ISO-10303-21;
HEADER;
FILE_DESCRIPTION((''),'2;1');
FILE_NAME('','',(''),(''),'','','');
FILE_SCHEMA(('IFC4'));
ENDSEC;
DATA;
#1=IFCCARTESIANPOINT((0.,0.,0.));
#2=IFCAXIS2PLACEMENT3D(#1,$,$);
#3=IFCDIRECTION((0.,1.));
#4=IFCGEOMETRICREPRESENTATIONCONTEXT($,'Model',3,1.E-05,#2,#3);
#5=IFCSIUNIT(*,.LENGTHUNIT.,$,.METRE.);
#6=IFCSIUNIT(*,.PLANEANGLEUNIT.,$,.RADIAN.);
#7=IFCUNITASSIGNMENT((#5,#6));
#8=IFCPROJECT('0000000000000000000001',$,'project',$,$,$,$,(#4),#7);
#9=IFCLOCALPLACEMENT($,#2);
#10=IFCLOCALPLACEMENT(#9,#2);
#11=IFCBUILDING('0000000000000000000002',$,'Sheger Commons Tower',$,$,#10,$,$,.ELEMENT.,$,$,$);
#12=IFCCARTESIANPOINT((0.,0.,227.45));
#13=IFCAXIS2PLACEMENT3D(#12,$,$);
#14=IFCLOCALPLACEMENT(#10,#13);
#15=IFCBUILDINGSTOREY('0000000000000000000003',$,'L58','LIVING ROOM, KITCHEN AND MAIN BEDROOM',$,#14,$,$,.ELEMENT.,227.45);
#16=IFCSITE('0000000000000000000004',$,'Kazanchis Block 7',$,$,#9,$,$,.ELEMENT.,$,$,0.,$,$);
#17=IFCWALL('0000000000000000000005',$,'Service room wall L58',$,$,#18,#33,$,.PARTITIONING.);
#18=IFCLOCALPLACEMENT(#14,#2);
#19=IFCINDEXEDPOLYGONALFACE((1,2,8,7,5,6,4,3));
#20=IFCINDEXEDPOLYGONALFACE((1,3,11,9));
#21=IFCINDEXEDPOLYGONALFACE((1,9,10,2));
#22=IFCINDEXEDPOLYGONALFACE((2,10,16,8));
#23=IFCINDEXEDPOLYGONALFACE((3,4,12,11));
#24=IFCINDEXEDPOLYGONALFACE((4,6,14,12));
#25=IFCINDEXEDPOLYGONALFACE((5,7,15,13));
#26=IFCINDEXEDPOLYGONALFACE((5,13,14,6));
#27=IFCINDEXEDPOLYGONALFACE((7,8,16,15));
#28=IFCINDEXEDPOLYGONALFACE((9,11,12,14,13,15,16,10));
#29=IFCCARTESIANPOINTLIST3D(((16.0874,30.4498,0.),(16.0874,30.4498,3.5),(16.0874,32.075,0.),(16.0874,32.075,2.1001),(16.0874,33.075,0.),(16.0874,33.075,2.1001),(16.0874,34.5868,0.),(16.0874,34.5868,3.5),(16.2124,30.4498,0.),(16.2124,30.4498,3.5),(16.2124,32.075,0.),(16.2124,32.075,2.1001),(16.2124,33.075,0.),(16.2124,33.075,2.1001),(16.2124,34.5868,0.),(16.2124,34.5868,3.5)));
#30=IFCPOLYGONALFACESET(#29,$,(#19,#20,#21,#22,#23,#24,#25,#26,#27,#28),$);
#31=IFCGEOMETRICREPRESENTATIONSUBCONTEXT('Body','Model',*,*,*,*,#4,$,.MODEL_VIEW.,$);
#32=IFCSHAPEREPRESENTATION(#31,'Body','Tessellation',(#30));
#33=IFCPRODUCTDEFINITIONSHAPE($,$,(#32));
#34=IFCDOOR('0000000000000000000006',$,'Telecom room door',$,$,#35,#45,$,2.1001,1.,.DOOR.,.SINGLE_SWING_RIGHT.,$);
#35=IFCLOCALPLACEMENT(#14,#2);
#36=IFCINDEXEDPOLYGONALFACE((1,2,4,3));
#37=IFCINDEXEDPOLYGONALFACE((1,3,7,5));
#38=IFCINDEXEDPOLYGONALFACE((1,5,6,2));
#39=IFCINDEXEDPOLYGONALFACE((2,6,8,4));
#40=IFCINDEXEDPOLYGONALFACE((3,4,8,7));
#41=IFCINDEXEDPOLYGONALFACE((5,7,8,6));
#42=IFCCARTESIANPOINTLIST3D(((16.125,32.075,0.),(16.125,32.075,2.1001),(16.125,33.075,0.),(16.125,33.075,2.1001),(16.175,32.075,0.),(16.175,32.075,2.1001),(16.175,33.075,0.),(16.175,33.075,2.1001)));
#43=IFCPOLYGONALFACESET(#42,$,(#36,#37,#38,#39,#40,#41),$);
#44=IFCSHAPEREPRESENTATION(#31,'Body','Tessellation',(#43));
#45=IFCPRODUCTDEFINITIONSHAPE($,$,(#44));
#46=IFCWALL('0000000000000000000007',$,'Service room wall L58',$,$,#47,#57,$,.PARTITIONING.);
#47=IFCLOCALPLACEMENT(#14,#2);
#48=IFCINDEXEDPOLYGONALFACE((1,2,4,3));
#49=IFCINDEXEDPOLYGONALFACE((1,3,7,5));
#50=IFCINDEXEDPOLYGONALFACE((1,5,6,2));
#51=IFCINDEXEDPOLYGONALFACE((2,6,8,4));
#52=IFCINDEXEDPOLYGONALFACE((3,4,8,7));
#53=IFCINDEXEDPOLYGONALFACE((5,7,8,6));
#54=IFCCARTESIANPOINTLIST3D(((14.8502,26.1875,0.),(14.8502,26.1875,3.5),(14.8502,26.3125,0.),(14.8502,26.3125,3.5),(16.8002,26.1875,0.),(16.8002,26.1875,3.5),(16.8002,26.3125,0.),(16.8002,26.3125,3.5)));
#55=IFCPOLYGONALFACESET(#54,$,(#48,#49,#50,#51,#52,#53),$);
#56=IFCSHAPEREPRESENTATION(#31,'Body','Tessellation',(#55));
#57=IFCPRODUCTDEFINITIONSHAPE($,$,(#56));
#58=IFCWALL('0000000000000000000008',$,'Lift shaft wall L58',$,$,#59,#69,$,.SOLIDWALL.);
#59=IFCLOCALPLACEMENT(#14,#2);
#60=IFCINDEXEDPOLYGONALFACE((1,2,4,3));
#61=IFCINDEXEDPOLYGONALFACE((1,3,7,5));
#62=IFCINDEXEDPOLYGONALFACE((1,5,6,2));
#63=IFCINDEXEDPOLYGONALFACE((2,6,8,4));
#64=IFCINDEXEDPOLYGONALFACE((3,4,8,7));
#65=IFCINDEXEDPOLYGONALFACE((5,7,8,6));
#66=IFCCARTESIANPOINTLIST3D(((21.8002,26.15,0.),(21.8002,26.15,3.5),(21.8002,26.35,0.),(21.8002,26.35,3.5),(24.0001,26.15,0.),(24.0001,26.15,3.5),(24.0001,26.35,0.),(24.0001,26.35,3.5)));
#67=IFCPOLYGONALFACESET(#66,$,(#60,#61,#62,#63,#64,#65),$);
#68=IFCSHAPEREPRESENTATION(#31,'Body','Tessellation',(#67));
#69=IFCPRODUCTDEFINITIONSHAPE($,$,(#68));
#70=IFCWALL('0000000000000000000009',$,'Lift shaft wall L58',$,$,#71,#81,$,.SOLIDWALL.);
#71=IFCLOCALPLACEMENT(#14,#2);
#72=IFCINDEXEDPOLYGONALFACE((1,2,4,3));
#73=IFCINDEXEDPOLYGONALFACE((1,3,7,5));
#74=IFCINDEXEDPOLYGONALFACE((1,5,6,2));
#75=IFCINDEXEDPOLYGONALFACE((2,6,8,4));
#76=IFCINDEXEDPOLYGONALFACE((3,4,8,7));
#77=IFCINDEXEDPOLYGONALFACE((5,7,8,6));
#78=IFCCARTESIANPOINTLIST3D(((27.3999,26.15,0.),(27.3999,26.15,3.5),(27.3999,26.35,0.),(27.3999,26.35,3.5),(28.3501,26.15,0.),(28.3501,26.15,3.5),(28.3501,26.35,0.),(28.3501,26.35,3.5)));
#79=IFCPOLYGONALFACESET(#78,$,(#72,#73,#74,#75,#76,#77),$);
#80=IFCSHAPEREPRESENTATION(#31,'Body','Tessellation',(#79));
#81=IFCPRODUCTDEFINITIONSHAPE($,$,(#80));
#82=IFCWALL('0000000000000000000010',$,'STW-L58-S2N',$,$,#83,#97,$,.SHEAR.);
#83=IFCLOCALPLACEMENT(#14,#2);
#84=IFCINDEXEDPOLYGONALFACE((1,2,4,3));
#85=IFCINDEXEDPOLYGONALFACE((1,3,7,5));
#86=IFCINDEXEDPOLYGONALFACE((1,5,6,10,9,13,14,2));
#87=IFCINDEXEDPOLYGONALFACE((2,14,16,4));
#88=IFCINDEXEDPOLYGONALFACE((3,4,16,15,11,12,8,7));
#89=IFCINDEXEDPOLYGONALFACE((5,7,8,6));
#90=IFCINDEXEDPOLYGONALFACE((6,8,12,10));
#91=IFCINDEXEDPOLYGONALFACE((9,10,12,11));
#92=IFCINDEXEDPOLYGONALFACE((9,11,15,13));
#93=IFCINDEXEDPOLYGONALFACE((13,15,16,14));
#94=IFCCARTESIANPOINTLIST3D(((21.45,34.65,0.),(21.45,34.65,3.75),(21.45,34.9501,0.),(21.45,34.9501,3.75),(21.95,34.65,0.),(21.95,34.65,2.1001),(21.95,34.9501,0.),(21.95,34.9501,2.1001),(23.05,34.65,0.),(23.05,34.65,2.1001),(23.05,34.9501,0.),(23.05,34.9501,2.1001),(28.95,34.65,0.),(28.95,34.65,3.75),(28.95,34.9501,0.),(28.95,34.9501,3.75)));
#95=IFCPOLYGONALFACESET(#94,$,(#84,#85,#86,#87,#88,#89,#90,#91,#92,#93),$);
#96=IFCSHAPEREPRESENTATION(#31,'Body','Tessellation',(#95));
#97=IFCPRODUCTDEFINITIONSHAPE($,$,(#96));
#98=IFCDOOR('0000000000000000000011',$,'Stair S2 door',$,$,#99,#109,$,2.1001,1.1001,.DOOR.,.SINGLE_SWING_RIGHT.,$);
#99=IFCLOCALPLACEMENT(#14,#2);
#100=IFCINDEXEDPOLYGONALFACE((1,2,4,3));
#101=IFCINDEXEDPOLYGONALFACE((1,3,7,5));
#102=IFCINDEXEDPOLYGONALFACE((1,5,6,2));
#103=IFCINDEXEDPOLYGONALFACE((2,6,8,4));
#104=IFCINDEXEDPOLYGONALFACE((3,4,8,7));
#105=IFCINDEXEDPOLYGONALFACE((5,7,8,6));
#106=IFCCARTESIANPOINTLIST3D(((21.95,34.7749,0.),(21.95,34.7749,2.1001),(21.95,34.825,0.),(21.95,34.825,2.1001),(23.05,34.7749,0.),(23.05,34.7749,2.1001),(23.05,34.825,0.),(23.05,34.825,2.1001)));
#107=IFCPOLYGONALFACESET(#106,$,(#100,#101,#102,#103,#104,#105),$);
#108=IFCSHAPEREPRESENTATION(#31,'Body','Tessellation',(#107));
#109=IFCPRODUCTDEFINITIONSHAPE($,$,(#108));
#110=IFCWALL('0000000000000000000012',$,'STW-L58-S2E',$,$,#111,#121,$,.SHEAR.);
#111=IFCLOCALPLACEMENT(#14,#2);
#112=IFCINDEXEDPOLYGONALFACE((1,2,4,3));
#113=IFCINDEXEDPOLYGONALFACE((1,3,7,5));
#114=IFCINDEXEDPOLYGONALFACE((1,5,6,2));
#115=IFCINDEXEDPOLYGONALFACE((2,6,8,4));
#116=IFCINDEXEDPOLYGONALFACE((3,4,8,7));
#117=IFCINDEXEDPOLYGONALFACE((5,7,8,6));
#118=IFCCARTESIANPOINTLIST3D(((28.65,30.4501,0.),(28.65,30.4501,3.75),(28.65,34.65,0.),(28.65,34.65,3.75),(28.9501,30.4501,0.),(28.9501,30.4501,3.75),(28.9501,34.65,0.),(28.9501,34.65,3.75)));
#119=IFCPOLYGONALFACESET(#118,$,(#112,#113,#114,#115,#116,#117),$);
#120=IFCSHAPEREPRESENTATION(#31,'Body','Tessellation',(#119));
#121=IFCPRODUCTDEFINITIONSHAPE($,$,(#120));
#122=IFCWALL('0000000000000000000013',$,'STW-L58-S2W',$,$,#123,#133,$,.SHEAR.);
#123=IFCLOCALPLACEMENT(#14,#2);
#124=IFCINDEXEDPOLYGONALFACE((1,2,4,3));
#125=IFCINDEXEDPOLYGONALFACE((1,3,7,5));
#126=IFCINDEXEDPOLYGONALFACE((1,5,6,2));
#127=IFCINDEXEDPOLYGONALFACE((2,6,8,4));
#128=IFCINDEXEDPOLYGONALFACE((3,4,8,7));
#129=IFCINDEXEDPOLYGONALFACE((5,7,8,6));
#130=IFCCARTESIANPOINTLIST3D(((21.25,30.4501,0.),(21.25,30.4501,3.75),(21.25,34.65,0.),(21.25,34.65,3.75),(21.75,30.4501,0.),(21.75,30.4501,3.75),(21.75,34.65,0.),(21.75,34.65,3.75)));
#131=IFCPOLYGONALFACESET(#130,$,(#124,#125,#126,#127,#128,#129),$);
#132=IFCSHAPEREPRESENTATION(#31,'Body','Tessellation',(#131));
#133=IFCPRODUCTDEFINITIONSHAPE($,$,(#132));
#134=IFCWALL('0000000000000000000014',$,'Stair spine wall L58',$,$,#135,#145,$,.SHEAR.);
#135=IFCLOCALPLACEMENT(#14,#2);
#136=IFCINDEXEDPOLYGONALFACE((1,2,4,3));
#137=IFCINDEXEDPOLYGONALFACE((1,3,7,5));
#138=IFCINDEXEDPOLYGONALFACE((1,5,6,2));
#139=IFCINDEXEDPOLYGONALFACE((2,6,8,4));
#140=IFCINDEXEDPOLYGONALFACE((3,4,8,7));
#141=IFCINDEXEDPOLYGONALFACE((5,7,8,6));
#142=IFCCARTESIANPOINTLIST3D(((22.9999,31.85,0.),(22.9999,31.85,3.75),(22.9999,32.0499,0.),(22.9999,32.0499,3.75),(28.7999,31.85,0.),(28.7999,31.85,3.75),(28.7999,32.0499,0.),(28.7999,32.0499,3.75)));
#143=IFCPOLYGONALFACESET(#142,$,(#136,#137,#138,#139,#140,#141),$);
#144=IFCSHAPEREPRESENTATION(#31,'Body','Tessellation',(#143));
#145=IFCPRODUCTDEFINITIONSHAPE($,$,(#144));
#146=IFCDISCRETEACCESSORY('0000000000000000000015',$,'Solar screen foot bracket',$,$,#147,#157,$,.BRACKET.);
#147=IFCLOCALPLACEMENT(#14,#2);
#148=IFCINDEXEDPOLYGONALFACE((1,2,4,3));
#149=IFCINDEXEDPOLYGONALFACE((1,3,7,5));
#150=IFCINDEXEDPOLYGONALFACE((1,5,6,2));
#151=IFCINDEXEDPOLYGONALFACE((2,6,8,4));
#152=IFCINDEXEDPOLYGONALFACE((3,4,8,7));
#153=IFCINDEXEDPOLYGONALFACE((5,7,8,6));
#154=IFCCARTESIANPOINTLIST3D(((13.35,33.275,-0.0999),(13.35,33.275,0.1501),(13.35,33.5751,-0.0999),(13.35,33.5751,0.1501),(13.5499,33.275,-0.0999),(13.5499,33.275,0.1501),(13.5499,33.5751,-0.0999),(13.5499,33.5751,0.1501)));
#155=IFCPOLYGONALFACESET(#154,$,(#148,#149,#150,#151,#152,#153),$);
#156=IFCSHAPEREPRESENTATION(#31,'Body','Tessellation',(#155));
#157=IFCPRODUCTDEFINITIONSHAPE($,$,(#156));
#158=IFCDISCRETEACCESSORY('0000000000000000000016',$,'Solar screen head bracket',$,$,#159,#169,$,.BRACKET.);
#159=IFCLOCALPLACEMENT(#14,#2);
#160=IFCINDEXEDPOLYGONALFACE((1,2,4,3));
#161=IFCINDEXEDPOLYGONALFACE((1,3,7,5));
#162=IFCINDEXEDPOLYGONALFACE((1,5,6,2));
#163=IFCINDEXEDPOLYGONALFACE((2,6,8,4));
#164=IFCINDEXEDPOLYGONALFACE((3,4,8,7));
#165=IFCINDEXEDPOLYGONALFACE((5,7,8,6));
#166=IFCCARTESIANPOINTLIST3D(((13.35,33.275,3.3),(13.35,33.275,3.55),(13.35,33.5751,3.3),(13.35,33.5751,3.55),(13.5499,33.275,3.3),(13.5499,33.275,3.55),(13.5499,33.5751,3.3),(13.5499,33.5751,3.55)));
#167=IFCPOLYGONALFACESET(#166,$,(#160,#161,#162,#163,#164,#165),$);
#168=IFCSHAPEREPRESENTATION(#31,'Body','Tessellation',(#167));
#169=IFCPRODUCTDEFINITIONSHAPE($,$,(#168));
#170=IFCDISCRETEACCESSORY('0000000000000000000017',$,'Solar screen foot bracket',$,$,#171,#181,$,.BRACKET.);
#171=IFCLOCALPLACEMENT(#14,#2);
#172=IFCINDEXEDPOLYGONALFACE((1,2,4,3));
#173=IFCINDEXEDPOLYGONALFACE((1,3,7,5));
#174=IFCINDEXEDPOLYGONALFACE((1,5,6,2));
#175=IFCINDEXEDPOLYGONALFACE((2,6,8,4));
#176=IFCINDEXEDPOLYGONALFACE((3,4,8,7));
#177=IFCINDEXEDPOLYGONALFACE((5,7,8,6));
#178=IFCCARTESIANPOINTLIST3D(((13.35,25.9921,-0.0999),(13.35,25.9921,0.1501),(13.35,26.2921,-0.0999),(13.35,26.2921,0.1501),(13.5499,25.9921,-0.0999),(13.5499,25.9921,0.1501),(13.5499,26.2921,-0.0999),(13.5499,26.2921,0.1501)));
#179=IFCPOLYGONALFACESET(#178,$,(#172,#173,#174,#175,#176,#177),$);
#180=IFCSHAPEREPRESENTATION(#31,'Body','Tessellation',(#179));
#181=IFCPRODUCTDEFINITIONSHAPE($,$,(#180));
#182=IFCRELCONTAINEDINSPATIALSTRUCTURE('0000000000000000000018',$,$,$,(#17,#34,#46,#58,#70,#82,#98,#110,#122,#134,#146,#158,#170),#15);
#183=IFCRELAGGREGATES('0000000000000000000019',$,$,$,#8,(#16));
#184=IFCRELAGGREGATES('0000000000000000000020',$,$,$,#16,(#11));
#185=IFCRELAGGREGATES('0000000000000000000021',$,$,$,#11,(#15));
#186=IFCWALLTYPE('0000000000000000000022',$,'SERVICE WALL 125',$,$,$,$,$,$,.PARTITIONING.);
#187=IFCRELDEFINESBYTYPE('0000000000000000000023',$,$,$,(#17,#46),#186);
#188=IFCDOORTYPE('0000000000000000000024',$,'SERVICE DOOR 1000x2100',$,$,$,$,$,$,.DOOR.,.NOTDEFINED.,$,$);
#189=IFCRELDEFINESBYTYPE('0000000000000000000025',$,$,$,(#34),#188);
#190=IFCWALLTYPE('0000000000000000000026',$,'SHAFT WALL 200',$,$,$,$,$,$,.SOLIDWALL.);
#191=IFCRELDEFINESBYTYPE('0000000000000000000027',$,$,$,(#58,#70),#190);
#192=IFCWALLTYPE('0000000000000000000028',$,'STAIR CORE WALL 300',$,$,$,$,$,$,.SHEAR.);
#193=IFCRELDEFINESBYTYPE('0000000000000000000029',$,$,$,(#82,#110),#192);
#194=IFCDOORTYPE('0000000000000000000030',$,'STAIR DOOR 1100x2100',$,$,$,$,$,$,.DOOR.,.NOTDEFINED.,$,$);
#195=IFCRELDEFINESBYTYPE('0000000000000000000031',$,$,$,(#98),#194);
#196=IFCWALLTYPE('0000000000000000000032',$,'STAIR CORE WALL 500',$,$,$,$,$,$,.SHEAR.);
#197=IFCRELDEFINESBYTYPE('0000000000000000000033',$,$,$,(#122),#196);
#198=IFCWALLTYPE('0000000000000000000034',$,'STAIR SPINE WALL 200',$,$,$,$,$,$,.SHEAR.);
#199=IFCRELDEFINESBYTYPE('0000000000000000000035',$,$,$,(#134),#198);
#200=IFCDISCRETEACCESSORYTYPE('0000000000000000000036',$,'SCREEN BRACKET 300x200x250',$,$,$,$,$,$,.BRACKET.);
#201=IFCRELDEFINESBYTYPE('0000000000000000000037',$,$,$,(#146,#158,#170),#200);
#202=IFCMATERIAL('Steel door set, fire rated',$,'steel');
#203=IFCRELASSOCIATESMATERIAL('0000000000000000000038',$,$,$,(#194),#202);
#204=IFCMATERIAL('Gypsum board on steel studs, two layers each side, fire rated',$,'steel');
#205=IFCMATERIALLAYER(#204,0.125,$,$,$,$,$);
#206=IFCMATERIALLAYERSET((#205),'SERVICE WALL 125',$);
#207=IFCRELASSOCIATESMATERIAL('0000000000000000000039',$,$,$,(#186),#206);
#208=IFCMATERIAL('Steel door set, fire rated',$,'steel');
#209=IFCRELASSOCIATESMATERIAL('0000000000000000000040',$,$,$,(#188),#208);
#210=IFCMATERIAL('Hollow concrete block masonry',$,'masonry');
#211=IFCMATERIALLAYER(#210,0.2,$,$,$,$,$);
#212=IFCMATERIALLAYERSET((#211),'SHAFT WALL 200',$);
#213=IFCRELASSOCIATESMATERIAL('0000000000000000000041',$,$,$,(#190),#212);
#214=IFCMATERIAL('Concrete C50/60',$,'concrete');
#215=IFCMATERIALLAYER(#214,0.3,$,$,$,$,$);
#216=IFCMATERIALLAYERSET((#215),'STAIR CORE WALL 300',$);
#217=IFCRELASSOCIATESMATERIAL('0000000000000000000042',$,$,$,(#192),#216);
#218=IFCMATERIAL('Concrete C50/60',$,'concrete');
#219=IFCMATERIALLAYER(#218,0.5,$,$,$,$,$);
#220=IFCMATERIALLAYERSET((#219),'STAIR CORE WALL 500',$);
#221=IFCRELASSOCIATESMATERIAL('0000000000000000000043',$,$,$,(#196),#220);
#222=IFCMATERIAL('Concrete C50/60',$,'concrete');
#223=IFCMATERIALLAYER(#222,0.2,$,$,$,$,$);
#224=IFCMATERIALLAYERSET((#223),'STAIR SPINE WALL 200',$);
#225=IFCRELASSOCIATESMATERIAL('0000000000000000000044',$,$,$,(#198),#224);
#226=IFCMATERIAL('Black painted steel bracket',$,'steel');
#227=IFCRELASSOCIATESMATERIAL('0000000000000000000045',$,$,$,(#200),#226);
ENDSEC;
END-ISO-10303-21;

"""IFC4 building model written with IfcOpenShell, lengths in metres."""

from ifc_helpers import new_model, si_unit, direction, frame, frame_2d, origin, origin_2d, place, context, subcontext, project, spatial, rectangle, extrude, material, layer, layer_set, type_object, element, fill, save


model = new_model("IFC4")

# Units and contexts
model_context = context("Model", 3, precision=1e-05, world=origin(), true_north=direction((0.0, 1.0)))
body_context = subcontext(model_context, "Body", "Model", "MODEL_VIEW")
ifc_project = project(units=[si_unit("LENGTHUNIT", "METRE"), si_unit("PLANEANGLEUNIT", "RADIAN")], contexts=[model_context])

# Site, building, storey
site_placement = place(None, origin())
site = spatial("IfcSite", under=ifc_project, at=site_placement, Name="Kazanchis Block 7", CompositionType="ELEMENT", RefElevation=0.0)
building_placement = place(site_placement, origin())
building = spatial("IfcBuilding", under=site, at=building_placement, Name="Sheger Commons Tower", CompositionType="ELEMENT")
storey_placement = place(building_placement, frame((0.0, 0.0, 227.45)))
storey = spatial("IfcBuildingStorey", under=building, at=storey_placement, Name="L58", Description="LIVING ROOM, KITCHEN AND MAIN BEDROOM", CompositionType="ELEMENT", Elevation=227.45)

# Shared definitions
ifc_material_1 = material(Name="Steel door set, fire rated", Category="steel")
door_type_1 = type_object("IfcDoorType", Name="STAIR DOOR 1100x2100", OperationType="NOTDEFINED", PredefinedType="DOOR", material=ifc_material_1)

# Wall, opening, door
ifc_material_2 = material(Name="Gypsum board on steel studs, two layers each side, fire rated", Category="steel")
ifc_layer_1 = layer(ifc_material_2, 0.125)
ifc_layer_set_1 = layer_set([ifc_layer_1], Name="SERVICE WALL 125")
wall_type_1 = type_object("IfcWallType", Name="SERVICE WALL 125", PredefinedType="PARTITIONING", material=ifc_layer_set_1)
wall_1_placement = place(storey_placement, frame((16.1499, 30.45, 0.0), z_axis=(0.0, 0.0, 1.0), x_axis=(0.0, 1.0, 0.0)))
wall_1 = element("IfcWall", 1, at=wall_1_placement, inside=storey, type_object=wall_type_1, Name="Service room wall L58", PredefinedType="PARTITIONING", context=body_context, shape_type="SweptSolid", body=[
    extrude(rectangle(XDim=4.137, YDim=0.125, at=frame_2d((2.0684, 0.0))), origin(), (0.0, 0.0, 1.0), 3.5),
])
opening_1_placement = place(wall_1_placement, frame((1.625, 0.0, 0.0)))
opening_1 = element("IfcOpeningElement", 2, at=opening_1_placement, cuts=wall_1, PredefinedType="OPENING", context=body_context, shape_type="SweptSolid", body=[
    extrude(rectangle(XDim=1.0, YDim=2.1001, at=frame_2d((0.5, 1.05))), frame((0.0, 0.0725, 0.0), z_axis=(0.0, -1.0, 0.0), x_axis=(1.0, 0.0, 0.0)), (0.0, 0.0, 1.0), 0.145),
])
ifc_material_3 = material(Name="Steel door set, fire rated", Category="steel")
door_type_2 = type_object("IfcDoorType", Name="SERVICE DOOR 1000x2100", OperationType="NOTDEFINED", PredefinedType="DOOR", material=ifc_material_3)
door_1_placement = place(opening_1_placement, origin())
door_1 = element("IfcDoor", 3, at=door_1_placement, inside=storey, type_object=door_type_2, Name="Telecom room door", OperationType="SINGLE_SWING_RIGHT", OverallHeight=2.1001, OverallWidth=1.0, PredefinedType="DOOR", context=body_context, shape_type="SweptSolid", body=[
    extrude(rectangle(XDim=1.0, YDim=2.1001, at=frame_2d((0.5, 1.05))), frame((0.0, 0.0249, 0.0), z_axis=(0.0, -1.0, 0.0), x_axis=(1.0, 0.0, 0.0)), (0.0, 0.0, 1.0), 0.05),
])
fill(opening_1, door_1)

# Walls
wall_2_placement = place(storey_placement, frame((14.8501, 26.25, 0.0), z_axis=(0.0, 0.0, 1.0), x_axis=(1.0, 0.0, 0.0)))
element("IfcWall", 4, at=wall_2_placement, inside=storey, type_object=wall_type_1, Name="Service room wall L58", PredefinedType="PARTITIONING", context=body_context, shape_type="SweptSolid", body=[
    extrude(rectangle(XDim=1.95, YDim=0.125, at=frame_2d((0.9751, 0.0))), origin(), (0.0, 0.0, 1.0), 3.5),
])
ifc_material_4 = material(Name="Hollow concrete block masonry", Category="masonry")
ifc_layer_2 = layer(ifc_material_4, 0.2)
ifc_layer_set_2 = layer_set([ifc_layer_2], Name="SHAFT WALL 200")
wall_type_2 = type_object("IfcWallType", Name="SHAFT WALL 200", PredefinedType="SOLIDWALL", material=ifc_layer_set_2)
wall_3_placement = place(storey_placement, frame((21.8, 26.25, 0.0), z_axis=(0.0, 0.0, 1.0), x_axis=(1.0, 0.0, 0.0)))
element("IfcWall", 5, at=wall_3_placement, inside=storey, type_object=wall_type_2, Name="Lift shaft wall L58", PredefinedType="SOLIDWALL", context=body_context, shape_type="SweptSolid", body=[
    extrude(rectangle(XDim=2.2, YDim=0.2, at=frame_2d((1.1001, 0.0))), origin(), (0.0, 0.0, 1.0), 3.5),
])
wall_4_placement = place(storey_placement, frame((27.3999, 26.25, 0.0), z_axis=(0.0, 0.0, 1.0), x_axis=(1.0, 0.0, 0.0)))
element("IfcWall", 6, at=wall_4_placement, inside=storey, type_object=wall_type_2, Name="Lift shaft wall L58", PredefinedType="SOLIDWALL", context=body_context, shape_type="SweptSolid", body=[
    extrude(rectangle(XDim=0.9502, YDim=0.2, at=frame_2d((0.4751, 0.0))), origin(), (0.0, 0.0, 1.0), 3.5),
])

# Wall, opening, door
ifc_material_5 = material(Name="Concrete C50/60", Category="concrete")
ifc_layer_3 = layer(ifc_material_5, 0.3)
ifc_layer_set_3 = layer_set([ifc_layer_3], Name="STAIR CORE WALL 300")
wall_type_3 = type_object("IfcWallType", Name="STAIR CORE WALL 300", PredefinedType="SHEAR", material=ifc_layer_set_3)
wall_5_placement = place(storey_placement, frame((21.45, 34.8, 0.0), z_axis=(0.0, 0.0, 1.0), x_axis=(1.0, 0.0, 0.0)))
wall_5 = element("IfcWall", 7, at=wall_5_placement, inside=storey, type_object=wall_type_3, Name="STW-L58-S2N", PredefinedType="SHEAR", context=body_context, shape_type="SweptSolid", body=[
    extrude(rectangle(XDim=7.5, YDim=0.3, at=frame_2d((3.75, 0.0))), origin(), (0.0, 0.0, 1.0), 3.75),
])
opening_2_placement = place(wall_5_placement, frame((0.5, 0.0, 0.0)))
opening_2 = element("IfcOpeningElement", 8, at=opening_2_placement, cuts=wall_5, PredefinedType="OPENING", context=body_context, shape_type="SweptSolid", body=[
    extrude(rectangle(XDim=1.1001, YDim=2.1001, at=frame_2d((0.55, 1.05))), frame((0.0, 0.1599, 0.0), z_axis=(0.0, -1.0, 0.0), x_axis=(1.0, 0.0, 0.0)), (0.0, 0.0, 1.0), 0.3201),
])
door_2_placement = place(opening_2_placement, origin())
door_2 = element("IfcDoor", 9, at=door_2_placement, inside=storey, type_object=door_type_1, Name="Stair S2 door", OperationType="SINGLE_SWING_RIGHT", OverallHeight=2.1001, OverallWidth=1.1001, PredefinedType="DOOR", context=body_context, shape_type="SweptSolid", body=[
    extrude(rectangle(XDim=1.1001, YDim=2.1001, at=frame_2d((0.55, 1.05))), frame((0.0, 0.0249, 0.0), z_axis=(0.0, -1.0, 0.0), x_axis=(1.0, 0.0, 0.0)), (0.0, 0.0, 1.0), 0.05),
])
fill(opening_2, door_2)

# Walls
wall_6_placement = place(storey_placement, frame((28.8, 30.45, 0.0), z_axis=(0.0, 0.0, 1.0), x_axis=(0.0, 1.0, 0.0)))
element("IfcWall", 10, at=wall_6_placement, inside=storey, type_object=wall_type_3, Name="STW-L58-S2E", PredefinedType="SHEAR", context=body_context, shape_type="SweptSolid", body=[
    extrude(rectangle(XDim=4.2, YDim=0.3, at=frame_2d((2.1001, 0.0))), origin(), (0.0, 0.0, 1.0), 3.75),
])
ifc_material_6 = material(Name="Concrete C50/60", Category="concrete")
ifc_layer_4 = layer(ifc_material_6, 0.5)
ifc_layer_set_4 = layer_set([ifc_layer_4], Name="STAIR CORE WALL 500")
wall_type_4 = type_object("IfcWallType", Name="STAIR CORE WALL 500", PredefinedType="SHEAR", material=ifc_layer_set_4)
wall_7_placement = place(storey_placement, frame((21.5, 30.45, 0.0), z_axis=(0.0, 0.0, 1.0), x_axis=(0.0, 1.0, 0.0)))
element("IfcWall", 11, at=wall_7_placement, inside=storey, type_object=wall_type_4, Name="STW-L58-S2W", PredefinedType="SHEAR", context=body_context, shape_type="SweptSolid", body=[
    extrude(rectangle(XDim=4.2, YDim=0.5, at=frame_2d((2.1001, 0.0))), origin(), (0.0, 0.0, 1.0), 3.75),
])
ifc_material_7 = material(Name="Concrete C50/60", Category="concrete")
ifc_layer_5 = layer(ifc_material_7, 0.2)
ifc_layer_set_5 = layer_set([ifc_layer_5], Name="STAIR SPINE WALL 200")
wall_type_5 = type_object("IfcWallType", Name="STAIR SPINE WALL 200", PredefinedType="SHEAR", material=ifc_layer_set_5)
wall_8_placement = place(storey_placement, frame((23.0, 31.95, 0.0), z_axis=(0.0, 0.0, 1.0), x_axis=(1.0, 0.0, 0.0)))
element("IfcWall", 12, at=wall_8_placement, inside=storey, type_object=wall_type_5, Name="Stair spine wall L58", PredefinedType="SHEAR", context=body_context, shape_type="SweptSolid", body=[
    extrude(rectangle(XDim=5.8, YDim=0.2, at=frame_2d((2.8999, 0.0))), origin(), (0.0, 0.0, 1.0), 3.75),
])

# Discrete accessories
ifc_material_8 = material(Name="Black painted steel bracket", Category="steel")
discrete_accessory_type = type_object("IfcDiscreteAccessoryType", Name="SCREEN BRACKET 300x200x250", PredefinedType="BRACKET", material=ifc_material_8)
for number, where, z_axis, x_axis, name in (
    (13, (13.45, 33.425, -0.0999), (0.0, 0.0, 1.0), (0.0, -1.0, 0.0), "Solar screen foot bracket"),
    (14, (13.45, 33.425, 3.3), (0.0, 0.0, 1.0), (0.0, -1.0, 0.0), "Solar screen head bracket"),
    (15, (13.45, 26.1421, -0.0999), (0.0, 0.0, 1.0), (0.0, -1.0, 0.0), "Solar screen foot bracket"),
):
    element("IfcDiscreteAccessory", number, at=place(storey_placement, frame(where, z_axis=z_axis, x_axis=x_axis)), inside=storey, type_object=discrete_accessory_type, Name=name, PredefinedType="BRACKET", context=body_context, shape_type="SweptSolid", body=[
        extrude(rectangle(XDim=0.3, YDim=0.2, at=origin_2d()), origin(), (0.0, 0.0, 1.0), 0.25),
    ])

save(model, "model.ifc")
